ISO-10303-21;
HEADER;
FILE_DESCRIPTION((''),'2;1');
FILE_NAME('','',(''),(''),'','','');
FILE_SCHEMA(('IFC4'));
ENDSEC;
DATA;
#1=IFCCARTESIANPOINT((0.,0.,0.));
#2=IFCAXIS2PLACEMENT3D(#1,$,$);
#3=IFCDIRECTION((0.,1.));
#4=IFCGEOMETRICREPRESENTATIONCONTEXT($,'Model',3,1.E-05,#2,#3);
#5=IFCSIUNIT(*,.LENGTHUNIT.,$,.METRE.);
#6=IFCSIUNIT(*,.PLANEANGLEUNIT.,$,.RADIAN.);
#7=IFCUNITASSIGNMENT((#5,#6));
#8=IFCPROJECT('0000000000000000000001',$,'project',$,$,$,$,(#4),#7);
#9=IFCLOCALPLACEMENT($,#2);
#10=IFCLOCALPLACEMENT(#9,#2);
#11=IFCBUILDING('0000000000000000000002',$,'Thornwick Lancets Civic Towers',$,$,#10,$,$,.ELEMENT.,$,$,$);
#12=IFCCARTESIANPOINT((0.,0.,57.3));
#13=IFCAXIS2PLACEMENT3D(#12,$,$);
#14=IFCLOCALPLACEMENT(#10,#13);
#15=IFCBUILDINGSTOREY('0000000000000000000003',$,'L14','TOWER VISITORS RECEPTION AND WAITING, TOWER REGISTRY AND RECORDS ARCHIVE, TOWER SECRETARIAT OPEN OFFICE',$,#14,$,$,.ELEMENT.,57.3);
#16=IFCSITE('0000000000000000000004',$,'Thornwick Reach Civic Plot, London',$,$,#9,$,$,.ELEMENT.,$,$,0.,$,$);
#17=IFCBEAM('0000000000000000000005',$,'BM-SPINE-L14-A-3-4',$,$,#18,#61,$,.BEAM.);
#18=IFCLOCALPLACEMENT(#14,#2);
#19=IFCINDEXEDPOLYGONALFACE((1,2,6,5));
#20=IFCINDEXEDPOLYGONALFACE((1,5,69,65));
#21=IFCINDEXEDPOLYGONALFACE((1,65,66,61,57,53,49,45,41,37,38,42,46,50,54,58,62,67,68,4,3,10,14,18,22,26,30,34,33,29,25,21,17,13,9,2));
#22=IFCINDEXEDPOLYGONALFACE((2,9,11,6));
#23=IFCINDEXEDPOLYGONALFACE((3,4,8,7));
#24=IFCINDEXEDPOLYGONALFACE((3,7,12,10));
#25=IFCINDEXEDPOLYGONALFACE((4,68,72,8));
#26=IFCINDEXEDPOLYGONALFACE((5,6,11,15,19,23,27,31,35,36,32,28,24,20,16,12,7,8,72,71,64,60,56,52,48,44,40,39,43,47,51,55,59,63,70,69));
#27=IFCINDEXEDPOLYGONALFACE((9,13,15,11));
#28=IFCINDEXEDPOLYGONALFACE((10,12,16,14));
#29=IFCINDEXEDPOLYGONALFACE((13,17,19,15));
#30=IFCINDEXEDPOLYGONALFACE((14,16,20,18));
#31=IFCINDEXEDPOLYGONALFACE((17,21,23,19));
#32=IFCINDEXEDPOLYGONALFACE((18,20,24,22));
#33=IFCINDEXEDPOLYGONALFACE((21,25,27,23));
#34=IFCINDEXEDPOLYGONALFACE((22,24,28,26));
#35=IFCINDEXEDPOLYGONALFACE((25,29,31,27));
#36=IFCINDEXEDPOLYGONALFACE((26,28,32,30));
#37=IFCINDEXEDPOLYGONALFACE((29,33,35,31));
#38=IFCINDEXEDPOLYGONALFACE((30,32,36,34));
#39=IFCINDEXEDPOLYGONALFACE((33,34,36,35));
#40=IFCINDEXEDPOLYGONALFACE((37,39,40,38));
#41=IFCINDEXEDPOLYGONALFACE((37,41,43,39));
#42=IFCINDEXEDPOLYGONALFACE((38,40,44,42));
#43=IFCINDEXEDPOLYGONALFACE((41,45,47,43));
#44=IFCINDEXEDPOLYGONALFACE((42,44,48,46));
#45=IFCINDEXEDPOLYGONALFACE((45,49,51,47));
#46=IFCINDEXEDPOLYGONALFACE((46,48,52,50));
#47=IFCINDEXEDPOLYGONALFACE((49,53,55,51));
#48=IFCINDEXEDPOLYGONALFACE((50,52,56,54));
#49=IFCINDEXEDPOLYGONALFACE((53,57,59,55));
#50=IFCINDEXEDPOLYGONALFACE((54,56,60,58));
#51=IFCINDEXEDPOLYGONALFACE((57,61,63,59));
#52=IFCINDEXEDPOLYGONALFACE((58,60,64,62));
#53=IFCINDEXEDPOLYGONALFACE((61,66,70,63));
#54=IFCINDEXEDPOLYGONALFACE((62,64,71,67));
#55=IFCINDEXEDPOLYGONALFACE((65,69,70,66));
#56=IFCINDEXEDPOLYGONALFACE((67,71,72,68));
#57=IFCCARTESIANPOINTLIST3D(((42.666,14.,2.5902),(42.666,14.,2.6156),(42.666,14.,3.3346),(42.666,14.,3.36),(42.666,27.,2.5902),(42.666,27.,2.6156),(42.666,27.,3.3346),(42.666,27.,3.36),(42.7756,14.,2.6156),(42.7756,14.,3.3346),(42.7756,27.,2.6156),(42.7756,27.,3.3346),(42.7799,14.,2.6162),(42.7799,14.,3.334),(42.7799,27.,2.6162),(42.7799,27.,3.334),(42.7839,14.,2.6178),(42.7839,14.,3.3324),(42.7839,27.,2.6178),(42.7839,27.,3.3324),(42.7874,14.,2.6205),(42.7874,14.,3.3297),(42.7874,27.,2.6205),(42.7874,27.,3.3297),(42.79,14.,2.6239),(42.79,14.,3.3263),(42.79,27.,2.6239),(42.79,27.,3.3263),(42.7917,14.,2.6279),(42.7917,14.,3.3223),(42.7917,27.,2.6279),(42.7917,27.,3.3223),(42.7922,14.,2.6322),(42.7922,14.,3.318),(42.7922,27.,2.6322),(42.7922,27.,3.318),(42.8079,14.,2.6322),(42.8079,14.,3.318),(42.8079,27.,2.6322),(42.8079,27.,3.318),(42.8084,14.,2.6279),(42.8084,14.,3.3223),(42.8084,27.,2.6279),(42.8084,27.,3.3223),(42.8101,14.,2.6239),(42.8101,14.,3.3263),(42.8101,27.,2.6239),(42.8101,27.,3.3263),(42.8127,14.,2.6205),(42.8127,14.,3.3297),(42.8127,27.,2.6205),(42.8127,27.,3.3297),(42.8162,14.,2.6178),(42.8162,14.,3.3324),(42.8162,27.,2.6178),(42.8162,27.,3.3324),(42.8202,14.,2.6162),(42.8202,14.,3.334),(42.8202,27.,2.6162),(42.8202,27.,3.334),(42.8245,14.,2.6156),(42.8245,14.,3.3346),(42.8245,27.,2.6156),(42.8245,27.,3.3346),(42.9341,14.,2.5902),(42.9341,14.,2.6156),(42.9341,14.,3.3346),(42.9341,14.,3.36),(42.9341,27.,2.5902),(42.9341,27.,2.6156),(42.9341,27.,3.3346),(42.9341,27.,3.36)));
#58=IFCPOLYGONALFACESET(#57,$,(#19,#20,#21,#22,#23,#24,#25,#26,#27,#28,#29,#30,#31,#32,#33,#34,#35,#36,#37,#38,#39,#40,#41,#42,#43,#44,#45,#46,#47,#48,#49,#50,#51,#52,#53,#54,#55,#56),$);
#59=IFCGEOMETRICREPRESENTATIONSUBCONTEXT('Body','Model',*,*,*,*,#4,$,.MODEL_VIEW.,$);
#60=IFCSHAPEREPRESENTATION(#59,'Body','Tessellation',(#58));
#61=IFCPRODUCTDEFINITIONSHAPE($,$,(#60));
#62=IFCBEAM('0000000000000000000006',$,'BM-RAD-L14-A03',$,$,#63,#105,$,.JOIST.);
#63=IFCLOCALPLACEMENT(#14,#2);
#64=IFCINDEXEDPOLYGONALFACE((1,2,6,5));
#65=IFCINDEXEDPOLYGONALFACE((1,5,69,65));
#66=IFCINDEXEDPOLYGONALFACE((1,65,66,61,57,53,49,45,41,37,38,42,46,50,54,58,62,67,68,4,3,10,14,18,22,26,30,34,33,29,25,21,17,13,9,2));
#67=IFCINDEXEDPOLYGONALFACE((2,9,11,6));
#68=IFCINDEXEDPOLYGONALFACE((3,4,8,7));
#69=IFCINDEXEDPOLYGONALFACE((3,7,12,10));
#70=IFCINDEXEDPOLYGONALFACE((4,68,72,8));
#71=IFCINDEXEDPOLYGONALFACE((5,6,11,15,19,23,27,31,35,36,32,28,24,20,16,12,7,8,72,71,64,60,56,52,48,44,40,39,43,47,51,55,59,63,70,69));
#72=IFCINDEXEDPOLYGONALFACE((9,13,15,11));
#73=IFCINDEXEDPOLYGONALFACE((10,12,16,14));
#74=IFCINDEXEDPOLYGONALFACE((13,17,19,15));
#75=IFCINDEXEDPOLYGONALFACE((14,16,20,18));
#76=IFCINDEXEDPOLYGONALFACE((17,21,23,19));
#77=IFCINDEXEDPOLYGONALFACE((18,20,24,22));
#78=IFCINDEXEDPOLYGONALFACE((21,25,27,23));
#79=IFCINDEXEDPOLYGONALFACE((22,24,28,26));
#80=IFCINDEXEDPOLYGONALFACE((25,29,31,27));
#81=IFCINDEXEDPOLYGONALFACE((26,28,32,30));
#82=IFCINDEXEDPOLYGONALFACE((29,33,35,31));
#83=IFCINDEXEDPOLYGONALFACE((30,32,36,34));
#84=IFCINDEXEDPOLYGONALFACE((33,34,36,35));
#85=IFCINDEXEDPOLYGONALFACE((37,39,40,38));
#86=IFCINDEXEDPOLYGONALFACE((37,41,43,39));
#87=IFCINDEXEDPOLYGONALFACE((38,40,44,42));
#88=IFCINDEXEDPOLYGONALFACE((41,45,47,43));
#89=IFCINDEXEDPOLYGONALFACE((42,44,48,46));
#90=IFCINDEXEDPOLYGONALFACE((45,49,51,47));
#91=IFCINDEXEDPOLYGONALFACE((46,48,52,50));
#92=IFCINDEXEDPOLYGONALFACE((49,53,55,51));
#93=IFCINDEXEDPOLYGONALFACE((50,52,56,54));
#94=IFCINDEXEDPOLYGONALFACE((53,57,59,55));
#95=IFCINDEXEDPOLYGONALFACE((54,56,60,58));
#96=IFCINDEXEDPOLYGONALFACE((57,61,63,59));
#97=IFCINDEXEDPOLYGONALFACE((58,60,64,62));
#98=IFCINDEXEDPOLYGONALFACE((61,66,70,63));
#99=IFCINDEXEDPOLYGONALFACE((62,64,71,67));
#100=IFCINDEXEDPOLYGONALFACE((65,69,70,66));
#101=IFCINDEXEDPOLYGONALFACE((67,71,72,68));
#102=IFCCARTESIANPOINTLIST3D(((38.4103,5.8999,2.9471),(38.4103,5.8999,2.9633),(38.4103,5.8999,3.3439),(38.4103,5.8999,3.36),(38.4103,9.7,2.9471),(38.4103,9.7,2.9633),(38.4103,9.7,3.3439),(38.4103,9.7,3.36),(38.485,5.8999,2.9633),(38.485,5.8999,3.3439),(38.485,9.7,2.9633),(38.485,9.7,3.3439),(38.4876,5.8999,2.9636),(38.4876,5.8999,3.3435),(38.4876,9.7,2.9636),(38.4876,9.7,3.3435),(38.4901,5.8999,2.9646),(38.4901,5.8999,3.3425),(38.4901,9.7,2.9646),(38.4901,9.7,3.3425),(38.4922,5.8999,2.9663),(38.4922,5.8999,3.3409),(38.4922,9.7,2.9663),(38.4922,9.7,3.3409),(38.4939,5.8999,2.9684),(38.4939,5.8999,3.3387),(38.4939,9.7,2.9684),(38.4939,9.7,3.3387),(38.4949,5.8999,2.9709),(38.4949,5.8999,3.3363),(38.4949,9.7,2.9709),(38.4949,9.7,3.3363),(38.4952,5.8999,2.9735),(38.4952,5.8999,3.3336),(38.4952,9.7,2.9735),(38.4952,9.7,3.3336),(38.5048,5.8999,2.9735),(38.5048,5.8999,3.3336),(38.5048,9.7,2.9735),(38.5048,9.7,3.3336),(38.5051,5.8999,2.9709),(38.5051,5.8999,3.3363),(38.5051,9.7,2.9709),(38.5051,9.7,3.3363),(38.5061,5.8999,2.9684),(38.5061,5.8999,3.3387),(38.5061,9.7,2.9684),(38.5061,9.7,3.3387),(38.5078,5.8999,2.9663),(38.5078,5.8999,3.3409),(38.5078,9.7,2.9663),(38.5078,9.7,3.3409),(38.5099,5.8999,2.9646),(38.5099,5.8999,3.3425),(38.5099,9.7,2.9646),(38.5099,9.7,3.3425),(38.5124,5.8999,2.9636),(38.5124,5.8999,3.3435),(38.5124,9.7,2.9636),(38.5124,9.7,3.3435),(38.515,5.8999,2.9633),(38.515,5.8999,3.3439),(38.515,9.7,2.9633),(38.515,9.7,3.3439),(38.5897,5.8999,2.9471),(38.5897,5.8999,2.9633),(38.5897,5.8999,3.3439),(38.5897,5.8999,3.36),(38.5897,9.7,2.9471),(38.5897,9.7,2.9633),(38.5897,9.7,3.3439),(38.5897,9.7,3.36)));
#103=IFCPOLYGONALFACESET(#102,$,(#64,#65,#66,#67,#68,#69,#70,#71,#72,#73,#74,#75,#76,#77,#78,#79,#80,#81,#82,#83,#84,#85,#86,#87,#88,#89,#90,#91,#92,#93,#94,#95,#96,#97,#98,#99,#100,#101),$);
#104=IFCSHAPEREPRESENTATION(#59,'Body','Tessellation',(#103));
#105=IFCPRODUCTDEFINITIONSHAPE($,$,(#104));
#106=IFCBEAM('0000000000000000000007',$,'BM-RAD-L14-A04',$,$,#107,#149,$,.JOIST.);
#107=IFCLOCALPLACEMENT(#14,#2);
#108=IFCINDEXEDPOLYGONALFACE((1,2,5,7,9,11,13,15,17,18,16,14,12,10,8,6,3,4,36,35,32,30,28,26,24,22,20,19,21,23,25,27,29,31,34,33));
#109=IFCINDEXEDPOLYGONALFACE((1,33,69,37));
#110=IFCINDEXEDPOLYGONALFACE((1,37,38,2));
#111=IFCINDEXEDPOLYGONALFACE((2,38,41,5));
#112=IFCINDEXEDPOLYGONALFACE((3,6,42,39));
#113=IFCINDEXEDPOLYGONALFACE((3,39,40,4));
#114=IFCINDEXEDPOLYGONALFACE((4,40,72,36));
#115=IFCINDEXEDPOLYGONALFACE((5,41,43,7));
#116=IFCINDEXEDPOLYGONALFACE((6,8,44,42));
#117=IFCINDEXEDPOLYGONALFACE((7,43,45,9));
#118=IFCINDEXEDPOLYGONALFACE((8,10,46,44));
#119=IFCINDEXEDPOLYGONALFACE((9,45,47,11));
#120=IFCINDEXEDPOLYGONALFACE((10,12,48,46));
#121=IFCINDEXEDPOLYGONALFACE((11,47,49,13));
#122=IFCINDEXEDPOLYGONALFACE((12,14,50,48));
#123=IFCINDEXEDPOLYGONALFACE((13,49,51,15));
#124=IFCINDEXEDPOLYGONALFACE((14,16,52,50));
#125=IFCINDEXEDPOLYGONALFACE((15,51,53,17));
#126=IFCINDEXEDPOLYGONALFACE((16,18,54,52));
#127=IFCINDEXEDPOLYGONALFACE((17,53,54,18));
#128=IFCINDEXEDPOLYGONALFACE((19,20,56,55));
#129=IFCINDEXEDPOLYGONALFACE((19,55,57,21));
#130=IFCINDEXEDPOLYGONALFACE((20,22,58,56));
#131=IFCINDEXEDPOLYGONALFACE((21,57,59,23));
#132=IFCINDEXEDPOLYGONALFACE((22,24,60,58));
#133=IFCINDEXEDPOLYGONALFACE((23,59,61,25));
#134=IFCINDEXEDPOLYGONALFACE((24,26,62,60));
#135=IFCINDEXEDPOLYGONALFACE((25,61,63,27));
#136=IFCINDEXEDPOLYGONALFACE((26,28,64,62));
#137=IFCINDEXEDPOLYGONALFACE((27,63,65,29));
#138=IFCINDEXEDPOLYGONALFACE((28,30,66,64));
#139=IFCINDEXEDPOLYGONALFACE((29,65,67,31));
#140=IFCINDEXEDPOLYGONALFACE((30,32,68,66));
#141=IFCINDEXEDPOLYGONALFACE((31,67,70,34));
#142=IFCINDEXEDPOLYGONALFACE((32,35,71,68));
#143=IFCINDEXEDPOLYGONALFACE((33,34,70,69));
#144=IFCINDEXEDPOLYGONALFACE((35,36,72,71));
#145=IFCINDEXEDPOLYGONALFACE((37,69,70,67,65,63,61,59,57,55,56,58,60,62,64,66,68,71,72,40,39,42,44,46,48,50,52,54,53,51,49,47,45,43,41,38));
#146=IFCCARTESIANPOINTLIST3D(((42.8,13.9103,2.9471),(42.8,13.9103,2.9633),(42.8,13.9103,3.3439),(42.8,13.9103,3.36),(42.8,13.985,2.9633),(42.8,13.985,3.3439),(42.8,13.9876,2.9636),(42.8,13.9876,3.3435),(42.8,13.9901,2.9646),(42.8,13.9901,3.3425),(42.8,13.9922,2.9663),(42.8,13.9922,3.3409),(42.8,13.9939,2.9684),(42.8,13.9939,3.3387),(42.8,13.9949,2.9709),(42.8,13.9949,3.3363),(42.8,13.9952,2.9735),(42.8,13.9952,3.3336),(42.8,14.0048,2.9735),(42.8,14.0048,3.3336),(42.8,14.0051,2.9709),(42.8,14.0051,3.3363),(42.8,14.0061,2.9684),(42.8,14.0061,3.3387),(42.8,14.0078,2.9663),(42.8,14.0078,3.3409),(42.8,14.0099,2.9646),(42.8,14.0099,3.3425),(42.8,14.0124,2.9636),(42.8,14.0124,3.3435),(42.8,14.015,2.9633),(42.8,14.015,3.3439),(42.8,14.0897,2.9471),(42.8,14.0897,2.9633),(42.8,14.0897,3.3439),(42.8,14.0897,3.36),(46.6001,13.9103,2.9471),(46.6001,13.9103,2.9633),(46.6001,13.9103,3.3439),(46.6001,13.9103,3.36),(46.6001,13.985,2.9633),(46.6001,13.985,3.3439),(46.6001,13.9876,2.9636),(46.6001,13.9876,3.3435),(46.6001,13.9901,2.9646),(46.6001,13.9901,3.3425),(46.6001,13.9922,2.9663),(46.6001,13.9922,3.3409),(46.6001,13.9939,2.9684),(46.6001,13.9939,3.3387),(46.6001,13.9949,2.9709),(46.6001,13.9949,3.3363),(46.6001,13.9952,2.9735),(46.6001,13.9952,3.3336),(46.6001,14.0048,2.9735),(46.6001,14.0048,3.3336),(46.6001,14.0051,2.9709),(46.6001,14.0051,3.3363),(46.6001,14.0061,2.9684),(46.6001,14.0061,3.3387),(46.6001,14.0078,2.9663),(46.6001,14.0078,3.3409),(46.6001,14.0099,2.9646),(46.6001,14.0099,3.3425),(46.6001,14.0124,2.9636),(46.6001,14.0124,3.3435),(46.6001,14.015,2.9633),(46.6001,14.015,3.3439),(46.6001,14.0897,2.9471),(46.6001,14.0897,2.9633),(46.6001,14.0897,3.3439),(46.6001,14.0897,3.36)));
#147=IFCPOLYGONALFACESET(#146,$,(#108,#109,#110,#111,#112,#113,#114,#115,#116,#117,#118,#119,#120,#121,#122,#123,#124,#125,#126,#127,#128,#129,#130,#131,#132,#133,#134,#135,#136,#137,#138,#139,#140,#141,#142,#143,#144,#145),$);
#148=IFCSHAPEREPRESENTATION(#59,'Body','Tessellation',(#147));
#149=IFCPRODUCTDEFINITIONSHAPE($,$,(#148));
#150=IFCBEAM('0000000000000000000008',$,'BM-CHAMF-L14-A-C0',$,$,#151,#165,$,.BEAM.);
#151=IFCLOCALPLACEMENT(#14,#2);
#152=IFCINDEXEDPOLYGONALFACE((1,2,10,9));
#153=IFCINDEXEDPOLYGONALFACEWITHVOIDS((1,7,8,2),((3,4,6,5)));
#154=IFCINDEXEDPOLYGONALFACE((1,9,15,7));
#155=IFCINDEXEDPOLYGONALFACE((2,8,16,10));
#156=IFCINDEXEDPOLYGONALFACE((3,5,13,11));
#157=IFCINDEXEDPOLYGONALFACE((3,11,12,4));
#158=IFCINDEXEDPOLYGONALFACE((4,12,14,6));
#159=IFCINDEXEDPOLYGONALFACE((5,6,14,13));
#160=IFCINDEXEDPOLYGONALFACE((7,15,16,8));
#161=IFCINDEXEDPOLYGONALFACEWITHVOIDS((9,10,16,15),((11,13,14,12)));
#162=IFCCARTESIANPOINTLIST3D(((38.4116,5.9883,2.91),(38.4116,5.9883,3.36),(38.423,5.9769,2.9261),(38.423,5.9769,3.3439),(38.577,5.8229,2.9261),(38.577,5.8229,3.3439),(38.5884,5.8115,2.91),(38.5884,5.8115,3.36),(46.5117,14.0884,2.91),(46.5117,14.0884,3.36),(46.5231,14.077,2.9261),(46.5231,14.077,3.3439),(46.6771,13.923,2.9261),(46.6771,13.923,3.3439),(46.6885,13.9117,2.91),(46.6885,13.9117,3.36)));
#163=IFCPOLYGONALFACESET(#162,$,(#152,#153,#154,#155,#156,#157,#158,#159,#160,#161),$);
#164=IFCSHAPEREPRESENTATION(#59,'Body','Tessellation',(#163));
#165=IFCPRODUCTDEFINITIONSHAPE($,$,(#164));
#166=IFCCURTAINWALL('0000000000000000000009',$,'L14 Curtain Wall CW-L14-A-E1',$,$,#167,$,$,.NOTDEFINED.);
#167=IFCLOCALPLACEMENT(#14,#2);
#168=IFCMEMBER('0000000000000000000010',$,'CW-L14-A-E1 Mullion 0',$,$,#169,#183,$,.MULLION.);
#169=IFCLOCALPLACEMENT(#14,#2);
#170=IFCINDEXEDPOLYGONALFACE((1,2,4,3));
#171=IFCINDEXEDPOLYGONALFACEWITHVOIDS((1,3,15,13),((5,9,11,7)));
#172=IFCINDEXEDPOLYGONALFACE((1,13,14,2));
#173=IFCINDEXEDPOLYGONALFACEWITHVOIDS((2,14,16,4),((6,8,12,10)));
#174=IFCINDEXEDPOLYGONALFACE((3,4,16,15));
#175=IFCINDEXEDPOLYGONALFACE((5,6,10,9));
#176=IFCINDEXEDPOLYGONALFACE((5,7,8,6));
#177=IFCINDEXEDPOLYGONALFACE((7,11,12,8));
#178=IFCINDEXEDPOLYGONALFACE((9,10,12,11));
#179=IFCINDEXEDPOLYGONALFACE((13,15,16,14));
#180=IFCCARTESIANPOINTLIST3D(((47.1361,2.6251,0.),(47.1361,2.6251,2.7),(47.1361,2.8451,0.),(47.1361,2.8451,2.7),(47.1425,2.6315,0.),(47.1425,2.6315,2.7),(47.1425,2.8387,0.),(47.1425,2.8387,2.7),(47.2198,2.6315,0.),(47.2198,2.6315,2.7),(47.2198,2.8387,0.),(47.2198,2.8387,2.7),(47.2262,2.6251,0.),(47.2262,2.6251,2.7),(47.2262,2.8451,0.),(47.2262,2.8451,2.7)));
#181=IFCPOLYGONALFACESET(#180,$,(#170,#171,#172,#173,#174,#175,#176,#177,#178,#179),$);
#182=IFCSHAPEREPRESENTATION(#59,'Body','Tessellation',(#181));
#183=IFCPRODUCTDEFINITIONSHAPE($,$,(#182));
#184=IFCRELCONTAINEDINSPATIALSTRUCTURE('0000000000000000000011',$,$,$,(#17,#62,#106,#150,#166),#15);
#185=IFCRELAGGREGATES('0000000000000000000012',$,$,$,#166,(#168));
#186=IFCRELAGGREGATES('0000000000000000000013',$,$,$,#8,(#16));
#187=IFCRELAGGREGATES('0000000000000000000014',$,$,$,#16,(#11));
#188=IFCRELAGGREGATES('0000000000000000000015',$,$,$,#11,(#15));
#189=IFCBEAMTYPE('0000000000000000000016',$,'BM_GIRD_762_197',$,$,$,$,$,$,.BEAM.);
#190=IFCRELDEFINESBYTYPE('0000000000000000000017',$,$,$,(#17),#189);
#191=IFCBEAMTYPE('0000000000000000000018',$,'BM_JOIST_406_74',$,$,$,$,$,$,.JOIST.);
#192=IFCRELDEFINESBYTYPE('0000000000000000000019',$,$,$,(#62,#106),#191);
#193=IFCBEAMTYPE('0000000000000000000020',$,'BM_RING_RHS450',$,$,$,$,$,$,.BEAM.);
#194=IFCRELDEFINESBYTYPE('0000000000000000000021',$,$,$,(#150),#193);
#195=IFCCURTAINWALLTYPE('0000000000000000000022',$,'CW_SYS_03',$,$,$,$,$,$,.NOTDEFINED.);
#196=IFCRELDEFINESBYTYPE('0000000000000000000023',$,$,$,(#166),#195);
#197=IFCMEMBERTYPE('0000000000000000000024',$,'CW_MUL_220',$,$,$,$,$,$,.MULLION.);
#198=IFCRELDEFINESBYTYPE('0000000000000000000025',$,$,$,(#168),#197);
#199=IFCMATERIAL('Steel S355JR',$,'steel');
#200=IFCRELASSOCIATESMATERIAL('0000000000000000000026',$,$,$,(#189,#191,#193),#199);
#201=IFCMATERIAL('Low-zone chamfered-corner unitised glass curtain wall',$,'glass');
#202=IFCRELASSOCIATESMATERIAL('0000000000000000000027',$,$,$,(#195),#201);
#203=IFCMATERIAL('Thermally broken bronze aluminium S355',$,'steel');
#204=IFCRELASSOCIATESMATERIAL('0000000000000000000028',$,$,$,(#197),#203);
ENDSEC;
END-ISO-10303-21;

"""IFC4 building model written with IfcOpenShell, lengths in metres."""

from ifc_helpers import new_model, si_unit, direction, frame, origin, origin_2d, place, context, subcontext, project, spatial, hollow_rectangle, i_section, extrude, material, material_profile, profile_set, type_object, element, aggregate, save


model = new_model("IFC4")

# Units and contexts
model_context = context("Model", 3, precision=1e-05, world=origin(), true_north=direction((0.0, 1.0)))
body_context = subcontext(model_context, "Body", "Model", "MODEL_VIEW")
ifc_project = project(units=[si_unit("LENGTHUNIT", "METRE"), si_unit("PLANEANGLEUNIT", "RADIAN")], contexts=[model_context])

# Site, building, storey
site_placement = place(None, origin())
site = spatial("IfcSite", under=ifc_project, at=site_placement, Name="Thornwick Reach Civic Plot, London", CompositionType="ELEMENT", RefElevation=0.0)
building_placement = place(site_placement, origin())
building = spatial("IfcBuilding", under=site, at=building_placement, Name="Thornwick Lancets Civic Towers", CompositionType="ELEMENT")
storey_placement = place(building_placement, frame((0.0, 0.0, 57.3)))
storey = spatial("IfcBuildingStorey", under=building, at=storey_placement, Name="L14", Description="TOWER VISITORS RECEPTION AND WAITING, TOWER REGISTRY AND RECORDS ARCHIVE, TOWER SECRETARIAT OPEN OFFICE", CompositionType="ELEMENT", Elevation=57.3)

# Beams
ifc_material_1 = material(Name="Steel S355JR", Category="steel")
ifc_material_profile_1 = material_profile(ifc_material_1, i_section(OverallWidth=0.2681, OverallDepth=0.7698, WebThickness=0.0156, FlangeThickness=0.0254, FilletRadius=0.0166, at=origin_2d()), Name="UKB 762x267x197")
ifc_profile_set_1 = profile_set([ifc_material_profile_1], Name="Steel S355JR")
beam_type_1 = type_object("IfcBeamType", Name="BM_GIRD_762_197", PredefinedType="BEAM", material=ifc_profile_set_1)
beam_1_placement = place(storey_placement, frame((42.8, 14.0, 2.9751), z_axis=(0.0, 1.0, 0.0), x_axis=(-1.0, 0.0, 0.0)))
element("IfcBeam", 1, at=beam_1_placement, inside=storey, type_object=beam_type_1, Name="BM-SPINE-L14-A-3-4", PredefinedType="BEAM", context=body_context, shape_type="SweptSolid", body=[
    extrude(i_section(OverallWidth=0.2681, OverallDepth=0.7698, WebThickness=0.0156, FlangeThickness=0.0254, FilletRadius=0.0166, at=origin_2d()), origin(), (0.0, 0.0, 1.0), 13.0),
])
ifc_material_profile_2 = material_profile(ifc_material_1, i_section(OverallWidth=0.1794, OverallDepth=0.4128, WebThickness=0.0095, FlangeThickness=0.0161, FilletRadius=0.0103, at=origin_2d()), Name="UKB 406x178x74")
ifc_profile_set_2 = profile_set([ifc_material_profile_2], Name="Steel S355JR")
beam_type_2 = type_object("IfcBeamType", Name="BM_JOIST_406_74", PredefinedType="JOIST", material=ifc_profile_set_2)
for number, where, z_axis, x_axis, name in (
    (2, (38.5, 9.7, 3.1536), (0.0, -1.0, 0.0), (1.0, 0.0, 0.0), "BM-RAD-L14-A03"),
    (3, (42.8, 14.0, 3.1536), (1.0, 0.0, 0.0), (0.0, 1.0, 0.0), "BM-RAD-L14-A04"),
):
    element("IfcBeam", number, at=place(storey_placement, frame(where, z_axis=z_axis, x_axis=x_axis)), inside=storey, type_object=beam_type_2, Name=name, PredefinedType="JOIST", context=body_context, shape_type="SweptSolid", body=[
        extrude(i_section(OverallWidth=0.1794, OverallDepth=0.4128, WebThickness=0.0095, FlangeThickness=0.0161, FilletRadius=0.0103, at=origin_2d()), origin(), (0.0, 0.0, 1.0), 3.8),
    ])
ifc_material_profile_3 = material_profile(ifc_material_1, hollow_rectangle(XDim=0.25, YDim=0.45, WallThickness=0.0161, at=origin_2d()), Name="RHS 450x250x16")
ifc_profile_set_3 = profile_set([ifc_material_profile_3], Name="Steel S355JR")
beam_type_3 = type_object("IfcBeamType", Name="BM_RING_RHS450", PredefinedType="BEAM", material=ifc_profile_set_3)
beam_2_placement = place(storey_placement, frame((38.5, 5.8999, 3.135), z_axis=(0.707107, 0.707107, 0.0), x_axis=(-0.707107, 0.707107, 0.0)))
element("IfcBeam", 4, at=beam_2_placement, inside=storey, type_object=beam_type_3, Name="BM-CHAMF-L14-A-C0", PredefinedType="BEAM", context=body_context, shape_type="SweptSolid", body=[
    extrude(hollow_rectangle(XDim=0.25, YDim=0.45, WallThickness=0.0161, at=origin_2d()), origin(), (0.0, 0.0, 1.0), 11.4553),
])

# Curtain wall, member
ifc_material_2 = material(Name="Low-zone chamfered-corner unitised glass curtain wall", Category="glass")
curtain_wall_type = type_object("IfcCurtainWallType", Name="CW_SYS_03", PredefinedType="NOTDEFINED", material=ifc_material_2)
curtain_wall_placement = place(storey_placement, origin())
curtain_wall = element("IfcCurtainWall", 5, at=curtain_wall_placement, inside=storey, type_object=curtain_wall_type, Name="L14 Curtain Wall CW-L14-A-E1", PredefinedType="NOTDEFINED")
ifc_material_3 = material(Name="Thermally broken bronze aluminium S355", Category="steel")
ifc_material_profile_4 = material_profile(ifc_material_3, hollow_rectangle(XDim=0.0901, YDim=0.22, WallThickness=0.0063, at=origin_2d()), Name="RHS 220x90x6.3")
ifc_profile_set_4 = profile_set([ifc_material_profile_4], Name="Thermally broken bronze aluminium S355")
member_type_1 = type_object("IfcMemberType", Name="CW_MUL_220", PredefinedType="MULLION", material=ifc_profile_set_4)
member_1_placement = place(storey_placement, frame((47.1812, 2.7351, 0.0), z_axis=(0.0, 0.0, 1.0), x_axis=(1.0, 0.0, 0.0)))
member_1 = element("IfcMember", 6, at=member_1_placement, type_object=member_type_1, Name="CW-L14-A-E1 Mullion 0", PredefinedType="MULLION", context=body_context, shape_type="SweptSolid", body=[
    extrude(hollow_rectangle(XDim=0.0901, YDim=0.22, WallThickness=0.0063, at=origin_2d()), origin(), (0.0, 0.0, 1.0), 2.7),
])
aggregate(curtain_wall, [member_1])

save(model, "model.ifc")
